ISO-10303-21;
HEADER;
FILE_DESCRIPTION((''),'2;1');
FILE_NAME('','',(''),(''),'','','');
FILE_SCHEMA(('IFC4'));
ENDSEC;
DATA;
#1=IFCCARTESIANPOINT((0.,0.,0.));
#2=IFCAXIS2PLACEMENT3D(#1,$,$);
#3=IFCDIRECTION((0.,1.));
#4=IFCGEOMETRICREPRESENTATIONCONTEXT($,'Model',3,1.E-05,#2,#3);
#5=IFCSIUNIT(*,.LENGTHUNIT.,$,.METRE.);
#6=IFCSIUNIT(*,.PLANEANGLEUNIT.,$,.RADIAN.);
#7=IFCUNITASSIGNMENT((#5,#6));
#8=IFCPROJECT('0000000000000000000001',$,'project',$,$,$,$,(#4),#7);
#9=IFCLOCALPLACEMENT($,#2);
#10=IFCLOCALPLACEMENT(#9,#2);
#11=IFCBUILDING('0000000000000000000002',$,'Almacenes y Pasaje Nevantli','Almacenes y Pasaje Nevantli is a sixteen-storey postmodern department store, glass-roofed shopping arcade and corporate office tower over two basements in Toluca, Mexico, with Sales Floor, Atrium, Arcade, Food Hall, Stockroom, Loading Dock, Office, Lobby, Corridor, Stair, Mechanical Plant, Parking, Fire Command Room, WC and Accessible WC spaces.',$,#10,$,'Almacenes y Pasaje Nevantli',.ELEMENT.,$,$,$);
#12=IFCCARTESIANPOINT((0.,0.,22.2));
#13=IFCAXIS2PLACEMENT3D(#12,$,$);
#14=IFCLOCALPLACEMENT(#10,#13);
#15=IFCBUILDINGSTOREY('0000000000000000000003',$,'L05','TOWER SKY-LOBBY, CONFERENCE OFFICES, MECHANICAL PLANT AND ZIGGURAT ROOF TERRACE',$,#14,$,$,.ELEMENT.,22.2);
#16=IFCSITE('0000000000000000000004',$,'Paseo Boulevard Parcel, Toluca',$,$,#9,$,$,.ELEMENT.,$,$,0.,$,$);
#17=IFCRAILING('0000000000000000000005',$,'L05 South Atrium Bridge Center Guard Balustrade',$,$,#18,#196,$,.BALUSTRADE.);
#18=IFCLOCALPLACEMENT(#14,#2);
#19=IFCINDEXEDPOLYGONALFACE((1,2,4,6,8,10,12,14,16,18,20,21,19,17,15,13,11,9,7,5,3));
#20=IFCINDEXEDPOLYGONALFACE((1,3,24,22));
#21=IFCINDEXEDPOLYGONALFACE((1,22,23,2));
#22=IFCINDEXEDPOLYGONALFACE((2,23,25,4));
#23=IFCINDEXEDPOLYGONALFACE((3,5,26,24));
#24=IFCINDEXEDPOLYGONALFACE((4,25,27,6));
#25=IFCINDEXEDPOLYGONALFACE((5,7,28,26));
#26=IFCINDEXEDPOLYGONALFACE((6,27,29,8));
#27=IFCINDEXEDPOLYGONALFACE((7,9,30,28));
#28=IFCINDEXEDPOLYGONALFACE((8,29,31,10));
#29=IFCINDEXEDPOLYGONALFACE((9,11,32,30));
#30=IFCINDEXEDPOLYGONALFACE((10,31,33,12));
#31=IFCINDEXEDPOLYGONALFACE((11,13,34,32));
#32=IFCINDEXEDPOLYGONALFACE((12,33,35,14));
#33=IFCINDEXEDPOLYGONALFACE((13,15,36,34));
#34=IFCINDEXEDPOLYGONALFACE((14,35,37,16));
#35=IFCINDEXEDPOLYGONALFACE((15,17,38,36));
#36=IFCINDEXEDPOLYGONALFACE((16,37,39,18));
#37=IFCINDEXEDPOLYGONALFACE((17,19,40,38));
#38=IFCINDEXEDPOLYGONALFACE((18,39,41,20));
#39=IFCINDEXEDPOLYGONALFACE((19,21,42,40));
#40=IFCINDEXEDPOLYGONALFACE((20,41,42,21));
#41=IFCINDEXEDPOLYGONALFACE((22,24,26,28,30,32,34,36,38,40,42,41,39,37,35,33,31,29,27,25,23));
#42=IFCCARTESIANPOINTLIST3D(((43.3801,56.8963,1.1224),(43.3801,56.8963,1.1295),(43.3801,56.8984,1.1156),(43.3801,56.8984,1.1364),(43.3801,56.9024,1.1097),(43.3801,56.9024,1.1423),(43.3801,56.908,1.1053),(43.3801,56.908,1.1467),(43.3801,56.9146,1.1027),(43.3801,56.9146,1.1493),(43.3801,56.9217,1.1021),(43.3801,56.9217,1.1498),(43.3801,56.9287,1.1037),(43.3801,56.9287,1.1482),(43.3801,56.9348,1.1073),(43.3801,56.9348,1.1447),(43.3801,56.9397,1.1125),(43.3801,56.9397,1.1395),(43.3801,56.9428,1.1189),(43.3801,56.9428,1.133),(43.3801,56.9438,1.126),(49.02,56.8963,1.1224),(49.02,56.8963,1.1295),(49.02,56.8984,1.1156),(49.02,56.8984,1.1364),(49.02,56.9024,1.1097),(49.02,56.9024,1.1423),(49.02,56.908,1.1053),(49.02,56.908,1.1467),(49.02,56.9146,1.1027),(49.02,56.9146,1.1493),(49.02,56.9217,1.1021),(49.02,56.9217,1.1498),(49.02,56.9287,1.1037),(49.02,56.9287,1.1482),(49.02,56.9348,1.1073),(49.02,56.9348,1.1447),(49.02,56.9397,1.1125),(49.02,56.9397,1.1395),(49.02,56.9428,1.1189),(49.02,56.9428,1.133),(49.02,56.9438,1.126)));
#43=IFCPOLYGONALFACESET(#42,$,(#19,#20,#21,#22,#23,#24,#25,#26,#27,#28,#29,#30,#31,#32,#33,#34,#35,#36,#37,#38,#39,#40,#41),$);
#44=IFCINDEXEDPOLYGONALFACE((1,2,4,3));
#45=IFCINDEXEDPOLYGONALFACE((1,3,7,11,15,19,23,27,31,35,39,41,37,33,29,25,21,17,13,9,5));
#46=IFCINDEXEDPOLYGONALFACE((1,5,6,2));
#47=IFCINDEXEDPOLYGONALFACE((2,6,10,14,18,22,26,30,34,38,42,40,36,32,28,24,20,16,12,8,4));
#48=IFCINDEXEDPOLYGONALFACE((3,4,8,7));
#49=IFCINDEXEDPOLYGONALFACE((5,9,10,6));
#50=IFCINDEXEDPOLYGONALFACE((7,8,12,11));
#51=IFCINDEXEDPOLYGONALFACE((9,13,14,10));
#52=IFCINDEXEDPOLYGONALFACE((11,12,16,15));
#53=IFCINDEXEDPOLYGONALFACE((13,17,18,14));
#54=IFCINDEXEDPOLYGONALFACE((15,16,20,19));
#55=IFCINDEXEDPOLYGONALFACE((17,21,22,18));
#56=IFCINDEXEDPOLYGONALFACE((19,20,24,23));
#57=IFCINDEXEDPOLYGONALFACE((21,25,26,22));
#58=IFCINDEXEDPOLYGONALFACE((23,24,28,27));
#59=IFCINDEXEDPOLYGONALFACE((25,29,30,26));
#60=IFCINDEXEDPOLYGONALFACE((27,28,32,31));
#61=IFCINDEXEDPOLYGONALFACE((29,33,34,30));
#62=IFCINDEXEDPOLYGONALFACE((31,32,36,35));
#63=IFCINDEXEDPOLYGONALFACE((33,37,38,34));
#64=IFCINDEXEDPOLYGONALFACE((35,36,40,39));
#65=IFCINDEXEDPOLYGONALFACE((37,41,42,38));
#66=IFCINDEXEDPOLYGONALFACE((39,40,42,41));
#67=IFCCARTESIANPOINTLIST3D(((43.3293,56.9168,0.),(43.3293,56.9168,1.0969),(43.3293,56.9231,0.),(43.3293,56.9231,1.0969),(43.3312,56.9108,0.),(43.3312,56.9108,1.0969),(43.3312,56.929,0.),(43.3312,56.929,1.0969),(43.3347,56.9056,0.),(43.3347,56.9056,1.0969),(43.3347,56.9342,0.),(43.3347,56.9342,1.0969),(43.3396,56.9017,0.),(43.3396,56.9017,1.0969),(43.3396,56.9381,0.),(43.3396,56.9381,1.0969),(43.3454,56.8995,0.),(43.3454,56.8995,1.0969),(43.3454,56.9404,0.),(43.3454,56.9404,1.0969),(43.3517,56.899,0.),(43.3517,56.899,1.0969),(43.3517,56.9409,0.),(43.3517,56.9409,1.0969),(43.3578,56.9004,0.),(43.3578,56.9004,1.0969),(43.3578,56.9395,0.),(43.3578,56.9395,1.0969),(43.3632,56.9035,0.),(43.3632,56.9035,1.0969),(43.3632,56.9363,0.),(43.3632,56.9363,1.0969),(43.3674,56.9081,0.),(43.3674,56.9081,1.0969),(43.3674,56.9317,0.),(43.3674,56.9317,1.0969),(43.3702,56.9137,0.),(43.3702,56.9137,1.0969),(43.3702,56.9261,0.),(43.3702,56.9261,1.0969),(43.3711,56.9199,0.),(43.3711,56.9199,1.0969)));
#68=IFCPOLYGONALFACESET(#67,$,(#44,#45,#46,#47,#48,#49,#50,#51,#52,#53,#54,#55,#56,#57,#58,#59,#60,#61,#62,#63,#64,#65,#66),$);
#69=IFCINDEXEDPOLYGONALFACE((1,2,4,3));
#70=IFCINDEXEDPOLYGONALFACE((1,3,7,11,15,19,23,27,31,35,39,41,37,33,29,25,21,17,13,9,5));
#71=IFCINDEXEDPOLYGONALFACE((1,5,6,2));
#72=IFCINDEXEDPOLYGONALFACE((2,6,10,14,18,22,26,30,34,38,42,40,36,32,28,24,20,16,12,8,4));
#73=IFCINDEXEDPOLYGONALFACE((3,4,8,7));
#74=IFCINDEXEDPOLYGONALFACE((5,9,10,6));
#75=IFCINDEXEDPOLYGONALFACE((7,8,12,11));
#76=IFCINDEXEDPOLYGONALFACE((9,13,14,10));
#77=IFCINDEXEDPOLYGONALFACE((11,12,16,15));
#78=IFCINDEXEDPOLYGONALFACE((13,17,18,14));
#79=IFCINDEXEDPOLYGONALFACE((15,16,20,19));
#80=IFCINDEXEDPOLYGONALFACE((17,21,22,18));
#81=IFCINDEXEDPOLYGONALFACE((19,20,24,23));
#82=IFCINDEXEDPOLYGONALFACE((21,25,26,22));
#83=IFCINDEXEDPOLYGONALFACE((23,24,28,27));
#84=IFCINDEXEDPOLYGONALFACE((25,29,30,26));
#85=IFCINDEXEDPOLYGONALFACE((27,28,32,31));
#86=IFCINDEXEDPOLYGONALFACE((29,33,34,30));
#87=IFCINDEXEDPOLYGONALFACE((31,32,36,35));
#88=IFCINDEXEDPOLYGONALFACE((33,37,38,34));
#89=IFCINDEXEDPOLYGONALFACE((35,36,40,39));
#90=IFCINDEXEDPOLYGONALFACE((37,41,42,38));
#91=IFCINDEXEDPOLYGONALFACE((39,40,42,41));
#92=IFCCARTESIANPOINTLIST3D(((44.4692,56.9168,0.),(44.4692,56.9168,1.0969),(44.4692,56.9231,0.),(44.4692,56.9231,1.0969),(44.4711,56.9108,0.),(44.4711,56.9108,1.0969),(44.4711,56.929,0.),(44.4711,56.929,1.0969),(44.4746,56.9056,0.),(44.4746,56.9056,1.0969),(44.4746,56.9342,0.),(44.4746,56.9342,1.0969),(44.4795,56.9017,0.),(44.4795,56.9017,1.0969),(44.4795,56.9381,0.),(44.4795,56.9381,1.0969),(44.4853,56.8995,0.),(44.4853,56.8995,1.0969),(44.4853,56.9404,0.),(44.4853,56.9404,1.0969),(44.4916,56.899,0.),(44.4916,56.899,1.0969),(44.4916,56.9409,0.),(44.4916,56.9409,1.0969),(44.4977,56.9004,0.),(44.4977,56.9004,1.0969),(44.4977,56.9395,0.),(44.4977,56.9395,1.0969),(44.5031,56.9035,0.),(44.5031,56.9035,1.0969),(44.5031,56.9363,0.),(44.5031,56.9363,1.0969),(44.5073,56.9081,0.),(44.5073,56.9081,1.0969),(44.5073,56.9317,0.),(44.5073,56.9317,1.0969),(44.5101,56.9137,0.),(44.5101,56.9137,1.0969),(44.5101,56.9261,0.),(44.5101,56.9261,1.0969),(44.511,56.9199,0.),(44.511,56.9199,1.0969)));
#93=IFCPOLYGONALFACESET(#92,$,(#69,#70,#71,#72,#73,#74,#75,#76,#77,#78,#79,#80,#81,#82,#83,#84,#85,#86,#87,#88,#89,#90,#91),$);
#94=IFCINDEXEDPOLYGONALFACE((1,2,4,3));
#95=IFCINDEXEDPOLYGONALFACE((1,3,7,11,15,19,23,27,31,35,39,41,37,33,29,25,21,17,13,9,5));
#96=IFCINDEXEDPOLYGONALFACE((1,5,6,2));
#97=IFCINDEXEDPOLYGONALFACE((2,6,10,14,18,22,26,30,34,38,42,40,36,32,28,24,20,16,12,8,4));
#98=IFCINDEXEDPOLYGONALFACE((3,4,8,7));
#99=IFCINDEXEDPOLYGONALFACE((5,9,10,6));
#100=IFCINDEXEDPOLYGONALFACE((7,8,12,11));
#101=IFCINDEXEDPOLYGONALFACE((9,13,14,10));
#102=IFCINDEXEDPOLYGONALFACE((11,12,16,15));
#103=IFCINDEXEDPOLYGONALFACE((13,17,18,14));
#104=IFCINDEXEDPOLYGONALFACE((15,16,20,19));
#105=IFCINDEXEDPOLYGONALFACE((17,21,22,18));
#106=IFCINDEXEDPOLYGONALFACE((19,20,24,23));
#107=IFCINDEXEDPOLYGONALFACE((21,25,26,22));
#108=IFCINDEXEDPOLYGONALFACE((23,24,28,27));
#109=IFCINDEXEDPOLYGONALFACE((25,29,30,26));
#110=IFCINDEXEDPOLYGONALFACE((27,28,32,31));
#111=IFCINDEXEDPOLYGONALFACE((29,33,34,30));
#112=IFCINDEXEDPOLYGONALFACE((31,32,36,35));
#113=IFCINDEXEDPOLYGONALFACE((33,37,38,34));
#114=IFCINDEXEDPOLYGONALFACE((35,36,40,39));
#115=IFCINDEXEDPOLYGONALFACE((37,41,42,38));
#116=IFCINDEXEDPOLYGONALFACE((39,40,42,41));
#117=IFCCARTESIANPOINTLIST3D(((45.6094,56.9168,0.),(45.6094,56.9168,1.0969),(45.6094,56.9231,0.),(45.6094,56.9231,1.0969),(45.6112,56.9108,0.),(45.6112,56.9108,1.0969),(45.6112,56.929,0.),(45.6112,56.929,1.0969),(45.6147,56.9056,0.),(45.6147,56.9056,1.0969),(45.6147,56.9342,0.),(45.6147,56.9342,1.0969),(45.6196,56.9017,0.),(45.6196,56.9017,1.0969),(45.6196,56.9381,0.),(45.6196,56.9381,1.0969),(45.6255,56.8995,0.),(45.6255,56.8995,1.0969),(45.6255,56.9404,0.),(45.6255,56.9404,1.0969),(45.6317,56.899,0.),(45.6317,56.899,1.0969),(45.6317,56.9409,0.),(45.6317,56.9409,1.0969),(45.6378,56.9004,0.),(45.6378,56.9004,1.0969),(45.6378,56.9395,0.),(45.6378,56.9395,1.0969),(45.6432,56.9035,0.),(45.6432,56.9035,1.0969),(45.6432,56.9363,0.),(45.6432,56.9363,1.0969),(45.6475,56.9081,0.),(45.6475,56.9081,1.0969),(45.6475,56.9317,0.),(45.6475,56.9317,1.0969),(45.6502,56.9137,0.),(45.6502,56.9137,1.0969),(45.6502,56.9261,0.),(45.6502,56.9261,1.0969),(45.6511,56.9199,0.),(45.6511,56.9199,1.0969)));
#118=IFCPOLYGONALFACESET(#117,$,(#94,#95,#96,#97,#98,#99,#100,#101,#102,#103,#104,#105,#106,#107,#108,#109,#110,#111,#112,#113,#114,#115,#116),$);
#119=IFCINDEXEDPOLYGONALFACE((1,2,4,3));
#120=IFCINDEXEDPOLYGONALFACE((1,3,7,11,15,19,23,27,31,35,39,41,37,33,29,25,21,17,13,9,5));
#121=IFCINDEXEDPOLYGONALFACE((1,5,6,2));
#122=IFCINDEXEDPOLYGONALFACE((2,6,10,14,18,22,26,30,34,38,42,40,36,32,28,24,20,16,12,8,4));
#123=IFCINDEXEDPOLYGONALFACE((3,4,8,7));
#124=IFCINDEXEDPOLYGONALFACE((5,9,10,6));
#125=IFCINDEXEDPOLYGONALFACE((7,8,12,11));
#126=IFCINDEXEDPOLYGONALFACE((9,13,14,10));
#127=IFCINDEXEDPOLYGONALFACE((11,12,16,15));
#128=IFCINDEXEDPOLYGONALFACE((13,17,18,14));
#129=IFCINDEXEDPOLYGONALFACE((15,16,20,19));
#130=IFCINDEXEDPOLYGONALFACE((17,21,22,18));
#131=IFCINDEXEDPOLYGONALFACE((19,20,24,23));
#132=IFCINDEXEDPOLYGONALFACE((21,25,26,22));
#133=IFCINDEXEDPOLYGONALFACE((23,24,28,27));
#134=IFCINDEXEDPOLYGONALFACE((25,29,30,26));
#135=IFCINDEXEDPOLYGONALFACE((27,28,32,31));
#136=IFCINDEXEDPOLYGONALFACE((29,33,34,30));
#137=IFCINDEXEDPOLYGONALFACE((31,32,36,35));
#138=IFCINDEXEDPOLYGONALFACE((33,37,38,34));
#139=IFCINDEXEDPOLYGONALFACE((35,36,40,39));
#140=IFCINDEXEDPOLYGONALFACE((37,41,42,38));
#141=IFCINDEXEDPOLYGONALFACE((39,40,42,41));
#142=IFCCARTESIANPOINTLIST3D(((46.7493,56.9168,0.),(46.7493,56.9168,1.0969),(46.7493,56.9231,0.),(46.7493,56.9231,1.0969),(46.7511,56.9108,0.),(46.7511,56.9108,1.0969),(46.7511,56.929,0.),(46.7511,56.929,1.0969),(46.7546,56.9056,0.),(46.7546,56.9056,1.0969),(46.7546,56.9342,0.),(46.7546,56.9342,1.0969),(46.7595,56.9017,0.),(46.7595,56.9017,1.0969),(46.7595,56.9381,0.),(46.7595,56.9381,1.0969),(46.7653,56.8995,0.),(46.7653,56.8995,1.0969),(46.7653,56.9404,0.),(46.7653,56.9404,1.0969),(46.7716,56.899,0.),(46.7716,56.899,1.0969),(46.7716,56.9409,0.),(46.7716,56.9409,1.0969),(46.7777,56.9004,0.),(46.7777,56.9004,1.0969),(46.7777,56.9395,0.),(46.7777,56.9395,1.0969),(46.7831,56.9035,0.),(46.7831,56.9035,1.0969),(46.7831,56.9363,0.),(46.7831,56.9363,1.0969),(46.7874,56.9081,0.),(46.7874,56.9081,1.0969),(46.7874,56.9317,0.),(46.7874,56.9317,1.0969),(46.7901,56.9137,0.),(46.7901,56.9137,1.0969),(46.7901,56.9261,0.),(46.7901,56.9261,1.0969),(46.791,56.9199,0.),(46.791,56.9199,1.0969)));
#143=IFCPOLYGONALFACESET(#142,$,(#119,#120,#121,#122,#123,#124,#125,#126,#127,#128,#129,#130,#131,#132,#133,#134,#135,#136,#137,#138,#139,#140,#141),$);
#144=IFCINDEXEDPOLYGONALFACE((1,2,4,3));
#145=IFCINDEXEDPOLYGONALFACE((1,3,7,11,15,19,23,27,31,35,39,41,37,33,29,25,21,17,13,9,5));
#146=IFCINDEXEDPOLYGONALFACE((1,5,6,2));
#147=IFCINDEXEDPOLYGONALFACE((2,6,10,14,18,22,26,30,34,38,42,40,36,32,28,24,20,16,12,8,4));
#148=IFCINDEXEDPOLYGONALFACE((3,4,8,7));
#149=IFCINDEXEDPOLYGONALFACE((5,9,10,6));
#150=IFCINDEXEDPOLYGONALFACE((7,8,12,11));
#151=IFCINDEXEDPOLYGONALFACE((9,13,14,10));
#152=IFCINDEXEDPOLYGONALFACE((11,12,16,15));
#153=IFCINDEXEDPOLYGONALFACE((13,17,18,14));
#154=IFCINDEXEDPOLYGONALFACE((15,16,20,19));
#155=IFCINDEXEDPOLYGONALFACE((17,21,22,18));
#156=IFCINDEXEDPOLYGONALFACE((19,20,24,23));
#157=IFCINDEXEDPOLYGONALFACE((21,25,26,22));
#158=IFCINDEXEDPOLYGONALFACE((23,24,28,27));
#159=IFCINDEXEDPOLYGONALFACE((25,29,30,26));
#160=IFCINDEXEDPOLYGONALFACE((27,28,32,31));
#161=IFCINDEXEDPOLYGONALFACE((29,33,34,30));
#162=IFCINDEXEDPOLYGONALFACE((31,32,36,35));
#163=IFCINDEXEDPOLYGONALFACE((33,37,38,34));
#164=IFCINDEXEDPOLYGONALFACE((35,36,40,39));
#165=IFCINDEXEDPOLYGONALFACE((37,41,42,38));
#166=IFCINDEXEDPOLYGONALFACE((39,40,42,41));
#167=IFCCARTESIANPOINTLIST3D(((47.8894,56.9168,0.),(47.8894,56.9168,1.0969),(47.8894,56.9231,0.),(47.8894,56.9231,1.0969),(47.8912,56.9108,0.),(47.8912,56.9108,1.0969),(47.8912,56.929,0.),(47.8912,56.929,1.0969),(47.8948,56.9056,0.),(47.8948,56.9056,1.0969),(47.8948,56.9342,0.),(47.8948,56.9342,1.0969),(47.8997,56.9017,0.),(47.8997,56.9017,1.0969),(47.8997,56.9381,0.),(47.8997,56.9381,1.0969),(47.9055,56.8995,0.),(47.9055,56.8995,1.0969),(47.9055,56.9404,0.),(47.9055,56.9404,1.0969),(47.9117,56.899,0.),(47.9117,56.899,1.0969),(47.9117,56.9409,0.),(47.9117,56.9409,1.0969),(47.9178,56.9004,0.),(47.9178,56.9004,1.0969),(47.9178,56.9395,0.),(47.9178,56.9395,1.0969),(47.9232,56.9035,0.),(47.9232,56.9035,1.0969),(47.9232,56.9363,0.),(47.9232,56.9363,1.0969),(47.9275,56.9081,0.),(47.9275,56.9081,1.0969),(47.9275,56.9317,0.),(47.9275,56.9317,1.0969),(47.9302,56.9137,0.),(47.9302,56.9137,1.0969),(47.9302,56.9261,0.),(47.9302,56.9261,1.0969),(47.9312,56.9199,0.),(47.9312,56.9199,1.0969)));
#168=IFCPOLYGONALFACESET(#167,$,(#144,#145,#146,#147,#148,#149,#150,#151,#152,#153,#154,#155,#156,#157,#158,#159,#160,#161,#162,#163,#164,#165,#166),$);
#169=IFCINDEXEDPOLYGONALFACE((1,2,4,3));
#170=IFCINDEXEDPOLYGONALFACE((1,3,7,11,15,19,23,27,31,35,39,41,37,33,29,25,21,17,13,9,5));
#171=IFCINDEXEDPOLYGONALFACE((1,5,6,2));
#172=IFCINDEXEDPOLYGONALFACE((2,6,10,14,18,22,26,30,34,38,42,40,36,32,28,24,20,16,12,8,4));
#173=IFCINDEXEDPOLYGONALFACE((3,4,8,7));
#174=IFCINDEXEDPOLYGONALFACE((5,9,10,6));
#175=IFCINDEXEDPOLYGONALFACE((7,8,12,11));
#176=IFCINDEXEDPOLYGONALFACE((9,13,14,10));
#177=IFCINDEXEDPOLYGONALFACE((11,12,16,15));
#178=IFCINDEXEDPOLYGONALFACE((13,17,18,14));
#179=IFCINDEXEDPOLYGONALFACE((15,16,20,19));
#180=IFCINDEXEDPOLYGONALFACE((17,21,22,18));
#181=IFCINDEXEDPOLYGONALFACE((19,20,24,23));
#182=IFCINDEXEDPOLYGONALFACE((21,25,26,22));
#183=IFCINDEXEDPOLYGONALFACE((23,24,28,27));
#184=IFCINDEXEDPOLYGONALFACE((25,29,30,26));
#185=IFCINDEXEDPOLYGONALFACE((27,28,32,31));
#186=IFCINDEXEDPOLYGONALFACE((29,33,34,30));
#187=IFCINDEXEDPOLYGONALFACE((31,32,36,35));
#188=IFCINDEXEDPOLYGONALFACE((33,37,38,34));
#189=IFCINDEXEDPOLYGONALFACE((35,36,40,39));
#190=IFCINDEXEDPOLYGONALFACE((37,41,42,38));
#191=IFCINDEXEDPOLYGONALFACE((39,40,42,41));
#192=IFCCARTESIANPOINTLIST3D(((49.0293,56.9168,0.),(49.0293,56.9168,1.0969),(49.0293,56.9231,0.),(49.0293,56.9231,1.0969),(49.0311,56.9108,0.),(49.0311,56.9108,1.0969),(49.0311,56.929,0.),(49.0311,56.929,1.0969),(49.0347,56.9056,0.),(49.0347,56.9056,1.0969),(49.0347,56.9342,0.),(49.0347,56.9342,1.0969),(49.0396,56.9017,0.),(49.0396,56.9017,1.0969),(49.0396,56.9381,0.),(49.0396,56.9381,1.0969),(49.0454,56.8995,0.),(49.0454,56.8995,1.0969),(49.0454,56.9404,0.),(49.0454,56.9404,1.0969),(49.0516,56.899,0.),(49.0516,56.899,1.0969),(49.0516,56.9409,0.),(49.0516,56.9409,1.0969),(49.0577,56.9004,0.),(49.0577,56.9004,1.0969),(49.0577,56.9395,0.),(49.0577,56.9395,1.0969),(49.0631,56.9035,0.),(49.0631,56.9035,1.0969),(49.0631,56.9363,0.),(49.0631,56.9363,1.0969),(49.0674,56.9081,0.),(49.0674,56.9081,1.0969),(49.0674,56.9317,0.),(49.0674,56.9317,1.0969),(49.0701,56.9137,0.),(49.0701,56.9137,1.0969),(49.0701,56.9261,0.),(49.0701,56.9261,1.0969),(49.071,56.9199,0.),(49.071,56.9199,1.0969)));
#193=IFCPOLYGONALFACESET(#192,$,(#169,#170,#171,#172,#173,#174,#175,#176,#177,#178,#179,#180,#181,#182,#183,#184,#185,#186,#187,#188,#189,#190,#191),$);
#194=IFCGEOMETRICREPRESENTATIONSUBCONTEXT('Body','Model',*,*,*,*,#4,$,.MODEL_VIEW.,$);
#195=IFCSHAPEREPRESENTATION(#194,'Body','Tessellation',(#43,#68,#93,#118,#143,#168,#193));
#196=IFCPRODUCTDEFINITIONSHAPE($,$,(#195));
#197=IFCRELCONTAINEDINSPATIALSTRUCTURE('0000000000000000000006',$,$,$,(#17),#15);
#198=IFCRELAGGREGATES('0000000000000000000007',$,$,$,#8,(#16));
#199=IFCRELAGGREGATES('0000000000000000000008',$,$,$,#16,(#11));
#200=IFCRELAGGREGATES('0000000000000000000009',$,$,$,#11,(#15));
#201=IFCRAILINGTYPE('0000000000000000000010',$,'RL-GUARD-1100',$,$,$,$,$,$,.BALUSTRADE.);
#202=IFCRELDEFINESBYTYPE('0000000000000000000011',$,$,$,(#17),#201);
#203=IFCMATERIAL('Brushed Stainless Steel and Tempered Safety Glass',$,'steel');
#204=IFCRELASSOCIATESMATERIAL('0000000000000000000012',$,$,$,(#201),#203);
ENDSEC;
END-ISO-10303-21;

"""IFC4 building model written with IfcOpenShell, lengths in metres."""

from ifc_helpers import new_model, si_unit, direction, frame, origin, origin_2d, place, context, subcontext, project, spatial, circle, extrude, material, type_object, element, save


model = new_model("IFC4")

# Units and contexts
model_context = context("Model", 3, precision=1e-05, world=origin(), true_north=direction((0.0, 1.0)))
body_context = subcontext(model_context, "Body", "Model", "MODEL_VIEW")
ifc_project = project(units=[si_unit("LENGTHUNIT", "METRE"), si_unit("PLANEANGLEUNIT", "RADIAN")], contexts=[model_context])

# Site, building, storey
site_placement = place(None, origin())
site = spatial("IfcSite", under=ifc_project, at=site_placement, Name="Paseo Boulevard Parcel, Toluca", CompositionType="ELEMENT", RefElevation=0.0)
building_placement = place(site_placement, origin())
building = spatial("IfcBuilding", under=site, at=building_placement, Name="Almacenes y Pasaje Nevantli", Description="Almacenes y Pasaje Nevantli is a sixteen-storey postmodern department store, glass-roofed shopping arcade and corporate office tower over two basements in Toluca, Mexico, with Sales Floor, Atrium, Arcade, Food Hall, Stockroom, Loading Dock, Office, Lobby, Corridor, Stair, Mechanical Plant, Parking, Fire Command Room, WC and Accessible WC spaces.", LongName="Almacenes y Pasaje Nevantli", CompositionType="ELEMENT")
storey_placement = place(building_placement, frame((0.0, 0.0, 22.2)))
storey = spatial("IfcBuildingStorey", under=building, at=storey_placement, Name="L05", Description="TOWER SKY-LOBBY, CONFERENCE OFFICES, MECHANICAL PLANT AND ZIGGURAT ROOF TERRACE", CompositionType="ELEMENT", Elevation=22.2)

# Railing
ifc_material_1 = material(Name="Brushed Stainless Steel and Tempered Safety Glass", Category="steel")
railing_type = type_object("IfcRailingType", Name="RL-GUARD-1100", PredefinedType="BALUSTRADE", material=ifc_material_1)
railing_placement = place(storey_placement, frame((43.3501, 56.9199, 0.0)))
element("IfcRailing", 1, at=railing_placement, inside=storey, type_object=railing_type, Name="L05 South Atrium Bridge Center Guard Balustrade", PredefinedType="BALUSTRADE", context=body_context, shape_type="SweptSolid", body=[
    extrude(circle(Radius=0.0239, at=origin_2d()), frame((0.03, 0.0, 1.126), z_axis=(1.0, 0.0, 0.0), x_axis=(0.0, 1.0, 0.0)), (0.0, 0.0, 1.0), 5.6399),
    extrude(circle(Radius=0.021, at=origin_2d()), origin(), (0.0, 0.0, 1.0), 1.0969),
    extrude(circle(Radius=0.021, at=origin_2d()), frame((1.1399, 0.0, 0.0)), (0.0, 0.0, 1.0), 1.0969),
    extrude(circle(Radius=0.021, at=origin_2d()), frame((2.28, 0.0, 0.0)), (0.0, 0.0, 1.0), 1.0969),
    extrude(circle(Radius=0.021, at=origin_2d()), frame((3.4199, 0.0, 0.0)), (0.0, 0.0, 1.0), 1.0969),
    extrude(circle(Radius=0.021, at=origin_2d()), frame((4.5601, 0.0, 0.0)), (0.0, 0.0, 1.0), 1.0969),
    extrude(circle(Radius=0.021, at=origin_2d()), frame((5.7, 0.0, 0.0)), (0.0, 0.0, 1.0), 1.0969),
])

save(model, "model.ifc")
